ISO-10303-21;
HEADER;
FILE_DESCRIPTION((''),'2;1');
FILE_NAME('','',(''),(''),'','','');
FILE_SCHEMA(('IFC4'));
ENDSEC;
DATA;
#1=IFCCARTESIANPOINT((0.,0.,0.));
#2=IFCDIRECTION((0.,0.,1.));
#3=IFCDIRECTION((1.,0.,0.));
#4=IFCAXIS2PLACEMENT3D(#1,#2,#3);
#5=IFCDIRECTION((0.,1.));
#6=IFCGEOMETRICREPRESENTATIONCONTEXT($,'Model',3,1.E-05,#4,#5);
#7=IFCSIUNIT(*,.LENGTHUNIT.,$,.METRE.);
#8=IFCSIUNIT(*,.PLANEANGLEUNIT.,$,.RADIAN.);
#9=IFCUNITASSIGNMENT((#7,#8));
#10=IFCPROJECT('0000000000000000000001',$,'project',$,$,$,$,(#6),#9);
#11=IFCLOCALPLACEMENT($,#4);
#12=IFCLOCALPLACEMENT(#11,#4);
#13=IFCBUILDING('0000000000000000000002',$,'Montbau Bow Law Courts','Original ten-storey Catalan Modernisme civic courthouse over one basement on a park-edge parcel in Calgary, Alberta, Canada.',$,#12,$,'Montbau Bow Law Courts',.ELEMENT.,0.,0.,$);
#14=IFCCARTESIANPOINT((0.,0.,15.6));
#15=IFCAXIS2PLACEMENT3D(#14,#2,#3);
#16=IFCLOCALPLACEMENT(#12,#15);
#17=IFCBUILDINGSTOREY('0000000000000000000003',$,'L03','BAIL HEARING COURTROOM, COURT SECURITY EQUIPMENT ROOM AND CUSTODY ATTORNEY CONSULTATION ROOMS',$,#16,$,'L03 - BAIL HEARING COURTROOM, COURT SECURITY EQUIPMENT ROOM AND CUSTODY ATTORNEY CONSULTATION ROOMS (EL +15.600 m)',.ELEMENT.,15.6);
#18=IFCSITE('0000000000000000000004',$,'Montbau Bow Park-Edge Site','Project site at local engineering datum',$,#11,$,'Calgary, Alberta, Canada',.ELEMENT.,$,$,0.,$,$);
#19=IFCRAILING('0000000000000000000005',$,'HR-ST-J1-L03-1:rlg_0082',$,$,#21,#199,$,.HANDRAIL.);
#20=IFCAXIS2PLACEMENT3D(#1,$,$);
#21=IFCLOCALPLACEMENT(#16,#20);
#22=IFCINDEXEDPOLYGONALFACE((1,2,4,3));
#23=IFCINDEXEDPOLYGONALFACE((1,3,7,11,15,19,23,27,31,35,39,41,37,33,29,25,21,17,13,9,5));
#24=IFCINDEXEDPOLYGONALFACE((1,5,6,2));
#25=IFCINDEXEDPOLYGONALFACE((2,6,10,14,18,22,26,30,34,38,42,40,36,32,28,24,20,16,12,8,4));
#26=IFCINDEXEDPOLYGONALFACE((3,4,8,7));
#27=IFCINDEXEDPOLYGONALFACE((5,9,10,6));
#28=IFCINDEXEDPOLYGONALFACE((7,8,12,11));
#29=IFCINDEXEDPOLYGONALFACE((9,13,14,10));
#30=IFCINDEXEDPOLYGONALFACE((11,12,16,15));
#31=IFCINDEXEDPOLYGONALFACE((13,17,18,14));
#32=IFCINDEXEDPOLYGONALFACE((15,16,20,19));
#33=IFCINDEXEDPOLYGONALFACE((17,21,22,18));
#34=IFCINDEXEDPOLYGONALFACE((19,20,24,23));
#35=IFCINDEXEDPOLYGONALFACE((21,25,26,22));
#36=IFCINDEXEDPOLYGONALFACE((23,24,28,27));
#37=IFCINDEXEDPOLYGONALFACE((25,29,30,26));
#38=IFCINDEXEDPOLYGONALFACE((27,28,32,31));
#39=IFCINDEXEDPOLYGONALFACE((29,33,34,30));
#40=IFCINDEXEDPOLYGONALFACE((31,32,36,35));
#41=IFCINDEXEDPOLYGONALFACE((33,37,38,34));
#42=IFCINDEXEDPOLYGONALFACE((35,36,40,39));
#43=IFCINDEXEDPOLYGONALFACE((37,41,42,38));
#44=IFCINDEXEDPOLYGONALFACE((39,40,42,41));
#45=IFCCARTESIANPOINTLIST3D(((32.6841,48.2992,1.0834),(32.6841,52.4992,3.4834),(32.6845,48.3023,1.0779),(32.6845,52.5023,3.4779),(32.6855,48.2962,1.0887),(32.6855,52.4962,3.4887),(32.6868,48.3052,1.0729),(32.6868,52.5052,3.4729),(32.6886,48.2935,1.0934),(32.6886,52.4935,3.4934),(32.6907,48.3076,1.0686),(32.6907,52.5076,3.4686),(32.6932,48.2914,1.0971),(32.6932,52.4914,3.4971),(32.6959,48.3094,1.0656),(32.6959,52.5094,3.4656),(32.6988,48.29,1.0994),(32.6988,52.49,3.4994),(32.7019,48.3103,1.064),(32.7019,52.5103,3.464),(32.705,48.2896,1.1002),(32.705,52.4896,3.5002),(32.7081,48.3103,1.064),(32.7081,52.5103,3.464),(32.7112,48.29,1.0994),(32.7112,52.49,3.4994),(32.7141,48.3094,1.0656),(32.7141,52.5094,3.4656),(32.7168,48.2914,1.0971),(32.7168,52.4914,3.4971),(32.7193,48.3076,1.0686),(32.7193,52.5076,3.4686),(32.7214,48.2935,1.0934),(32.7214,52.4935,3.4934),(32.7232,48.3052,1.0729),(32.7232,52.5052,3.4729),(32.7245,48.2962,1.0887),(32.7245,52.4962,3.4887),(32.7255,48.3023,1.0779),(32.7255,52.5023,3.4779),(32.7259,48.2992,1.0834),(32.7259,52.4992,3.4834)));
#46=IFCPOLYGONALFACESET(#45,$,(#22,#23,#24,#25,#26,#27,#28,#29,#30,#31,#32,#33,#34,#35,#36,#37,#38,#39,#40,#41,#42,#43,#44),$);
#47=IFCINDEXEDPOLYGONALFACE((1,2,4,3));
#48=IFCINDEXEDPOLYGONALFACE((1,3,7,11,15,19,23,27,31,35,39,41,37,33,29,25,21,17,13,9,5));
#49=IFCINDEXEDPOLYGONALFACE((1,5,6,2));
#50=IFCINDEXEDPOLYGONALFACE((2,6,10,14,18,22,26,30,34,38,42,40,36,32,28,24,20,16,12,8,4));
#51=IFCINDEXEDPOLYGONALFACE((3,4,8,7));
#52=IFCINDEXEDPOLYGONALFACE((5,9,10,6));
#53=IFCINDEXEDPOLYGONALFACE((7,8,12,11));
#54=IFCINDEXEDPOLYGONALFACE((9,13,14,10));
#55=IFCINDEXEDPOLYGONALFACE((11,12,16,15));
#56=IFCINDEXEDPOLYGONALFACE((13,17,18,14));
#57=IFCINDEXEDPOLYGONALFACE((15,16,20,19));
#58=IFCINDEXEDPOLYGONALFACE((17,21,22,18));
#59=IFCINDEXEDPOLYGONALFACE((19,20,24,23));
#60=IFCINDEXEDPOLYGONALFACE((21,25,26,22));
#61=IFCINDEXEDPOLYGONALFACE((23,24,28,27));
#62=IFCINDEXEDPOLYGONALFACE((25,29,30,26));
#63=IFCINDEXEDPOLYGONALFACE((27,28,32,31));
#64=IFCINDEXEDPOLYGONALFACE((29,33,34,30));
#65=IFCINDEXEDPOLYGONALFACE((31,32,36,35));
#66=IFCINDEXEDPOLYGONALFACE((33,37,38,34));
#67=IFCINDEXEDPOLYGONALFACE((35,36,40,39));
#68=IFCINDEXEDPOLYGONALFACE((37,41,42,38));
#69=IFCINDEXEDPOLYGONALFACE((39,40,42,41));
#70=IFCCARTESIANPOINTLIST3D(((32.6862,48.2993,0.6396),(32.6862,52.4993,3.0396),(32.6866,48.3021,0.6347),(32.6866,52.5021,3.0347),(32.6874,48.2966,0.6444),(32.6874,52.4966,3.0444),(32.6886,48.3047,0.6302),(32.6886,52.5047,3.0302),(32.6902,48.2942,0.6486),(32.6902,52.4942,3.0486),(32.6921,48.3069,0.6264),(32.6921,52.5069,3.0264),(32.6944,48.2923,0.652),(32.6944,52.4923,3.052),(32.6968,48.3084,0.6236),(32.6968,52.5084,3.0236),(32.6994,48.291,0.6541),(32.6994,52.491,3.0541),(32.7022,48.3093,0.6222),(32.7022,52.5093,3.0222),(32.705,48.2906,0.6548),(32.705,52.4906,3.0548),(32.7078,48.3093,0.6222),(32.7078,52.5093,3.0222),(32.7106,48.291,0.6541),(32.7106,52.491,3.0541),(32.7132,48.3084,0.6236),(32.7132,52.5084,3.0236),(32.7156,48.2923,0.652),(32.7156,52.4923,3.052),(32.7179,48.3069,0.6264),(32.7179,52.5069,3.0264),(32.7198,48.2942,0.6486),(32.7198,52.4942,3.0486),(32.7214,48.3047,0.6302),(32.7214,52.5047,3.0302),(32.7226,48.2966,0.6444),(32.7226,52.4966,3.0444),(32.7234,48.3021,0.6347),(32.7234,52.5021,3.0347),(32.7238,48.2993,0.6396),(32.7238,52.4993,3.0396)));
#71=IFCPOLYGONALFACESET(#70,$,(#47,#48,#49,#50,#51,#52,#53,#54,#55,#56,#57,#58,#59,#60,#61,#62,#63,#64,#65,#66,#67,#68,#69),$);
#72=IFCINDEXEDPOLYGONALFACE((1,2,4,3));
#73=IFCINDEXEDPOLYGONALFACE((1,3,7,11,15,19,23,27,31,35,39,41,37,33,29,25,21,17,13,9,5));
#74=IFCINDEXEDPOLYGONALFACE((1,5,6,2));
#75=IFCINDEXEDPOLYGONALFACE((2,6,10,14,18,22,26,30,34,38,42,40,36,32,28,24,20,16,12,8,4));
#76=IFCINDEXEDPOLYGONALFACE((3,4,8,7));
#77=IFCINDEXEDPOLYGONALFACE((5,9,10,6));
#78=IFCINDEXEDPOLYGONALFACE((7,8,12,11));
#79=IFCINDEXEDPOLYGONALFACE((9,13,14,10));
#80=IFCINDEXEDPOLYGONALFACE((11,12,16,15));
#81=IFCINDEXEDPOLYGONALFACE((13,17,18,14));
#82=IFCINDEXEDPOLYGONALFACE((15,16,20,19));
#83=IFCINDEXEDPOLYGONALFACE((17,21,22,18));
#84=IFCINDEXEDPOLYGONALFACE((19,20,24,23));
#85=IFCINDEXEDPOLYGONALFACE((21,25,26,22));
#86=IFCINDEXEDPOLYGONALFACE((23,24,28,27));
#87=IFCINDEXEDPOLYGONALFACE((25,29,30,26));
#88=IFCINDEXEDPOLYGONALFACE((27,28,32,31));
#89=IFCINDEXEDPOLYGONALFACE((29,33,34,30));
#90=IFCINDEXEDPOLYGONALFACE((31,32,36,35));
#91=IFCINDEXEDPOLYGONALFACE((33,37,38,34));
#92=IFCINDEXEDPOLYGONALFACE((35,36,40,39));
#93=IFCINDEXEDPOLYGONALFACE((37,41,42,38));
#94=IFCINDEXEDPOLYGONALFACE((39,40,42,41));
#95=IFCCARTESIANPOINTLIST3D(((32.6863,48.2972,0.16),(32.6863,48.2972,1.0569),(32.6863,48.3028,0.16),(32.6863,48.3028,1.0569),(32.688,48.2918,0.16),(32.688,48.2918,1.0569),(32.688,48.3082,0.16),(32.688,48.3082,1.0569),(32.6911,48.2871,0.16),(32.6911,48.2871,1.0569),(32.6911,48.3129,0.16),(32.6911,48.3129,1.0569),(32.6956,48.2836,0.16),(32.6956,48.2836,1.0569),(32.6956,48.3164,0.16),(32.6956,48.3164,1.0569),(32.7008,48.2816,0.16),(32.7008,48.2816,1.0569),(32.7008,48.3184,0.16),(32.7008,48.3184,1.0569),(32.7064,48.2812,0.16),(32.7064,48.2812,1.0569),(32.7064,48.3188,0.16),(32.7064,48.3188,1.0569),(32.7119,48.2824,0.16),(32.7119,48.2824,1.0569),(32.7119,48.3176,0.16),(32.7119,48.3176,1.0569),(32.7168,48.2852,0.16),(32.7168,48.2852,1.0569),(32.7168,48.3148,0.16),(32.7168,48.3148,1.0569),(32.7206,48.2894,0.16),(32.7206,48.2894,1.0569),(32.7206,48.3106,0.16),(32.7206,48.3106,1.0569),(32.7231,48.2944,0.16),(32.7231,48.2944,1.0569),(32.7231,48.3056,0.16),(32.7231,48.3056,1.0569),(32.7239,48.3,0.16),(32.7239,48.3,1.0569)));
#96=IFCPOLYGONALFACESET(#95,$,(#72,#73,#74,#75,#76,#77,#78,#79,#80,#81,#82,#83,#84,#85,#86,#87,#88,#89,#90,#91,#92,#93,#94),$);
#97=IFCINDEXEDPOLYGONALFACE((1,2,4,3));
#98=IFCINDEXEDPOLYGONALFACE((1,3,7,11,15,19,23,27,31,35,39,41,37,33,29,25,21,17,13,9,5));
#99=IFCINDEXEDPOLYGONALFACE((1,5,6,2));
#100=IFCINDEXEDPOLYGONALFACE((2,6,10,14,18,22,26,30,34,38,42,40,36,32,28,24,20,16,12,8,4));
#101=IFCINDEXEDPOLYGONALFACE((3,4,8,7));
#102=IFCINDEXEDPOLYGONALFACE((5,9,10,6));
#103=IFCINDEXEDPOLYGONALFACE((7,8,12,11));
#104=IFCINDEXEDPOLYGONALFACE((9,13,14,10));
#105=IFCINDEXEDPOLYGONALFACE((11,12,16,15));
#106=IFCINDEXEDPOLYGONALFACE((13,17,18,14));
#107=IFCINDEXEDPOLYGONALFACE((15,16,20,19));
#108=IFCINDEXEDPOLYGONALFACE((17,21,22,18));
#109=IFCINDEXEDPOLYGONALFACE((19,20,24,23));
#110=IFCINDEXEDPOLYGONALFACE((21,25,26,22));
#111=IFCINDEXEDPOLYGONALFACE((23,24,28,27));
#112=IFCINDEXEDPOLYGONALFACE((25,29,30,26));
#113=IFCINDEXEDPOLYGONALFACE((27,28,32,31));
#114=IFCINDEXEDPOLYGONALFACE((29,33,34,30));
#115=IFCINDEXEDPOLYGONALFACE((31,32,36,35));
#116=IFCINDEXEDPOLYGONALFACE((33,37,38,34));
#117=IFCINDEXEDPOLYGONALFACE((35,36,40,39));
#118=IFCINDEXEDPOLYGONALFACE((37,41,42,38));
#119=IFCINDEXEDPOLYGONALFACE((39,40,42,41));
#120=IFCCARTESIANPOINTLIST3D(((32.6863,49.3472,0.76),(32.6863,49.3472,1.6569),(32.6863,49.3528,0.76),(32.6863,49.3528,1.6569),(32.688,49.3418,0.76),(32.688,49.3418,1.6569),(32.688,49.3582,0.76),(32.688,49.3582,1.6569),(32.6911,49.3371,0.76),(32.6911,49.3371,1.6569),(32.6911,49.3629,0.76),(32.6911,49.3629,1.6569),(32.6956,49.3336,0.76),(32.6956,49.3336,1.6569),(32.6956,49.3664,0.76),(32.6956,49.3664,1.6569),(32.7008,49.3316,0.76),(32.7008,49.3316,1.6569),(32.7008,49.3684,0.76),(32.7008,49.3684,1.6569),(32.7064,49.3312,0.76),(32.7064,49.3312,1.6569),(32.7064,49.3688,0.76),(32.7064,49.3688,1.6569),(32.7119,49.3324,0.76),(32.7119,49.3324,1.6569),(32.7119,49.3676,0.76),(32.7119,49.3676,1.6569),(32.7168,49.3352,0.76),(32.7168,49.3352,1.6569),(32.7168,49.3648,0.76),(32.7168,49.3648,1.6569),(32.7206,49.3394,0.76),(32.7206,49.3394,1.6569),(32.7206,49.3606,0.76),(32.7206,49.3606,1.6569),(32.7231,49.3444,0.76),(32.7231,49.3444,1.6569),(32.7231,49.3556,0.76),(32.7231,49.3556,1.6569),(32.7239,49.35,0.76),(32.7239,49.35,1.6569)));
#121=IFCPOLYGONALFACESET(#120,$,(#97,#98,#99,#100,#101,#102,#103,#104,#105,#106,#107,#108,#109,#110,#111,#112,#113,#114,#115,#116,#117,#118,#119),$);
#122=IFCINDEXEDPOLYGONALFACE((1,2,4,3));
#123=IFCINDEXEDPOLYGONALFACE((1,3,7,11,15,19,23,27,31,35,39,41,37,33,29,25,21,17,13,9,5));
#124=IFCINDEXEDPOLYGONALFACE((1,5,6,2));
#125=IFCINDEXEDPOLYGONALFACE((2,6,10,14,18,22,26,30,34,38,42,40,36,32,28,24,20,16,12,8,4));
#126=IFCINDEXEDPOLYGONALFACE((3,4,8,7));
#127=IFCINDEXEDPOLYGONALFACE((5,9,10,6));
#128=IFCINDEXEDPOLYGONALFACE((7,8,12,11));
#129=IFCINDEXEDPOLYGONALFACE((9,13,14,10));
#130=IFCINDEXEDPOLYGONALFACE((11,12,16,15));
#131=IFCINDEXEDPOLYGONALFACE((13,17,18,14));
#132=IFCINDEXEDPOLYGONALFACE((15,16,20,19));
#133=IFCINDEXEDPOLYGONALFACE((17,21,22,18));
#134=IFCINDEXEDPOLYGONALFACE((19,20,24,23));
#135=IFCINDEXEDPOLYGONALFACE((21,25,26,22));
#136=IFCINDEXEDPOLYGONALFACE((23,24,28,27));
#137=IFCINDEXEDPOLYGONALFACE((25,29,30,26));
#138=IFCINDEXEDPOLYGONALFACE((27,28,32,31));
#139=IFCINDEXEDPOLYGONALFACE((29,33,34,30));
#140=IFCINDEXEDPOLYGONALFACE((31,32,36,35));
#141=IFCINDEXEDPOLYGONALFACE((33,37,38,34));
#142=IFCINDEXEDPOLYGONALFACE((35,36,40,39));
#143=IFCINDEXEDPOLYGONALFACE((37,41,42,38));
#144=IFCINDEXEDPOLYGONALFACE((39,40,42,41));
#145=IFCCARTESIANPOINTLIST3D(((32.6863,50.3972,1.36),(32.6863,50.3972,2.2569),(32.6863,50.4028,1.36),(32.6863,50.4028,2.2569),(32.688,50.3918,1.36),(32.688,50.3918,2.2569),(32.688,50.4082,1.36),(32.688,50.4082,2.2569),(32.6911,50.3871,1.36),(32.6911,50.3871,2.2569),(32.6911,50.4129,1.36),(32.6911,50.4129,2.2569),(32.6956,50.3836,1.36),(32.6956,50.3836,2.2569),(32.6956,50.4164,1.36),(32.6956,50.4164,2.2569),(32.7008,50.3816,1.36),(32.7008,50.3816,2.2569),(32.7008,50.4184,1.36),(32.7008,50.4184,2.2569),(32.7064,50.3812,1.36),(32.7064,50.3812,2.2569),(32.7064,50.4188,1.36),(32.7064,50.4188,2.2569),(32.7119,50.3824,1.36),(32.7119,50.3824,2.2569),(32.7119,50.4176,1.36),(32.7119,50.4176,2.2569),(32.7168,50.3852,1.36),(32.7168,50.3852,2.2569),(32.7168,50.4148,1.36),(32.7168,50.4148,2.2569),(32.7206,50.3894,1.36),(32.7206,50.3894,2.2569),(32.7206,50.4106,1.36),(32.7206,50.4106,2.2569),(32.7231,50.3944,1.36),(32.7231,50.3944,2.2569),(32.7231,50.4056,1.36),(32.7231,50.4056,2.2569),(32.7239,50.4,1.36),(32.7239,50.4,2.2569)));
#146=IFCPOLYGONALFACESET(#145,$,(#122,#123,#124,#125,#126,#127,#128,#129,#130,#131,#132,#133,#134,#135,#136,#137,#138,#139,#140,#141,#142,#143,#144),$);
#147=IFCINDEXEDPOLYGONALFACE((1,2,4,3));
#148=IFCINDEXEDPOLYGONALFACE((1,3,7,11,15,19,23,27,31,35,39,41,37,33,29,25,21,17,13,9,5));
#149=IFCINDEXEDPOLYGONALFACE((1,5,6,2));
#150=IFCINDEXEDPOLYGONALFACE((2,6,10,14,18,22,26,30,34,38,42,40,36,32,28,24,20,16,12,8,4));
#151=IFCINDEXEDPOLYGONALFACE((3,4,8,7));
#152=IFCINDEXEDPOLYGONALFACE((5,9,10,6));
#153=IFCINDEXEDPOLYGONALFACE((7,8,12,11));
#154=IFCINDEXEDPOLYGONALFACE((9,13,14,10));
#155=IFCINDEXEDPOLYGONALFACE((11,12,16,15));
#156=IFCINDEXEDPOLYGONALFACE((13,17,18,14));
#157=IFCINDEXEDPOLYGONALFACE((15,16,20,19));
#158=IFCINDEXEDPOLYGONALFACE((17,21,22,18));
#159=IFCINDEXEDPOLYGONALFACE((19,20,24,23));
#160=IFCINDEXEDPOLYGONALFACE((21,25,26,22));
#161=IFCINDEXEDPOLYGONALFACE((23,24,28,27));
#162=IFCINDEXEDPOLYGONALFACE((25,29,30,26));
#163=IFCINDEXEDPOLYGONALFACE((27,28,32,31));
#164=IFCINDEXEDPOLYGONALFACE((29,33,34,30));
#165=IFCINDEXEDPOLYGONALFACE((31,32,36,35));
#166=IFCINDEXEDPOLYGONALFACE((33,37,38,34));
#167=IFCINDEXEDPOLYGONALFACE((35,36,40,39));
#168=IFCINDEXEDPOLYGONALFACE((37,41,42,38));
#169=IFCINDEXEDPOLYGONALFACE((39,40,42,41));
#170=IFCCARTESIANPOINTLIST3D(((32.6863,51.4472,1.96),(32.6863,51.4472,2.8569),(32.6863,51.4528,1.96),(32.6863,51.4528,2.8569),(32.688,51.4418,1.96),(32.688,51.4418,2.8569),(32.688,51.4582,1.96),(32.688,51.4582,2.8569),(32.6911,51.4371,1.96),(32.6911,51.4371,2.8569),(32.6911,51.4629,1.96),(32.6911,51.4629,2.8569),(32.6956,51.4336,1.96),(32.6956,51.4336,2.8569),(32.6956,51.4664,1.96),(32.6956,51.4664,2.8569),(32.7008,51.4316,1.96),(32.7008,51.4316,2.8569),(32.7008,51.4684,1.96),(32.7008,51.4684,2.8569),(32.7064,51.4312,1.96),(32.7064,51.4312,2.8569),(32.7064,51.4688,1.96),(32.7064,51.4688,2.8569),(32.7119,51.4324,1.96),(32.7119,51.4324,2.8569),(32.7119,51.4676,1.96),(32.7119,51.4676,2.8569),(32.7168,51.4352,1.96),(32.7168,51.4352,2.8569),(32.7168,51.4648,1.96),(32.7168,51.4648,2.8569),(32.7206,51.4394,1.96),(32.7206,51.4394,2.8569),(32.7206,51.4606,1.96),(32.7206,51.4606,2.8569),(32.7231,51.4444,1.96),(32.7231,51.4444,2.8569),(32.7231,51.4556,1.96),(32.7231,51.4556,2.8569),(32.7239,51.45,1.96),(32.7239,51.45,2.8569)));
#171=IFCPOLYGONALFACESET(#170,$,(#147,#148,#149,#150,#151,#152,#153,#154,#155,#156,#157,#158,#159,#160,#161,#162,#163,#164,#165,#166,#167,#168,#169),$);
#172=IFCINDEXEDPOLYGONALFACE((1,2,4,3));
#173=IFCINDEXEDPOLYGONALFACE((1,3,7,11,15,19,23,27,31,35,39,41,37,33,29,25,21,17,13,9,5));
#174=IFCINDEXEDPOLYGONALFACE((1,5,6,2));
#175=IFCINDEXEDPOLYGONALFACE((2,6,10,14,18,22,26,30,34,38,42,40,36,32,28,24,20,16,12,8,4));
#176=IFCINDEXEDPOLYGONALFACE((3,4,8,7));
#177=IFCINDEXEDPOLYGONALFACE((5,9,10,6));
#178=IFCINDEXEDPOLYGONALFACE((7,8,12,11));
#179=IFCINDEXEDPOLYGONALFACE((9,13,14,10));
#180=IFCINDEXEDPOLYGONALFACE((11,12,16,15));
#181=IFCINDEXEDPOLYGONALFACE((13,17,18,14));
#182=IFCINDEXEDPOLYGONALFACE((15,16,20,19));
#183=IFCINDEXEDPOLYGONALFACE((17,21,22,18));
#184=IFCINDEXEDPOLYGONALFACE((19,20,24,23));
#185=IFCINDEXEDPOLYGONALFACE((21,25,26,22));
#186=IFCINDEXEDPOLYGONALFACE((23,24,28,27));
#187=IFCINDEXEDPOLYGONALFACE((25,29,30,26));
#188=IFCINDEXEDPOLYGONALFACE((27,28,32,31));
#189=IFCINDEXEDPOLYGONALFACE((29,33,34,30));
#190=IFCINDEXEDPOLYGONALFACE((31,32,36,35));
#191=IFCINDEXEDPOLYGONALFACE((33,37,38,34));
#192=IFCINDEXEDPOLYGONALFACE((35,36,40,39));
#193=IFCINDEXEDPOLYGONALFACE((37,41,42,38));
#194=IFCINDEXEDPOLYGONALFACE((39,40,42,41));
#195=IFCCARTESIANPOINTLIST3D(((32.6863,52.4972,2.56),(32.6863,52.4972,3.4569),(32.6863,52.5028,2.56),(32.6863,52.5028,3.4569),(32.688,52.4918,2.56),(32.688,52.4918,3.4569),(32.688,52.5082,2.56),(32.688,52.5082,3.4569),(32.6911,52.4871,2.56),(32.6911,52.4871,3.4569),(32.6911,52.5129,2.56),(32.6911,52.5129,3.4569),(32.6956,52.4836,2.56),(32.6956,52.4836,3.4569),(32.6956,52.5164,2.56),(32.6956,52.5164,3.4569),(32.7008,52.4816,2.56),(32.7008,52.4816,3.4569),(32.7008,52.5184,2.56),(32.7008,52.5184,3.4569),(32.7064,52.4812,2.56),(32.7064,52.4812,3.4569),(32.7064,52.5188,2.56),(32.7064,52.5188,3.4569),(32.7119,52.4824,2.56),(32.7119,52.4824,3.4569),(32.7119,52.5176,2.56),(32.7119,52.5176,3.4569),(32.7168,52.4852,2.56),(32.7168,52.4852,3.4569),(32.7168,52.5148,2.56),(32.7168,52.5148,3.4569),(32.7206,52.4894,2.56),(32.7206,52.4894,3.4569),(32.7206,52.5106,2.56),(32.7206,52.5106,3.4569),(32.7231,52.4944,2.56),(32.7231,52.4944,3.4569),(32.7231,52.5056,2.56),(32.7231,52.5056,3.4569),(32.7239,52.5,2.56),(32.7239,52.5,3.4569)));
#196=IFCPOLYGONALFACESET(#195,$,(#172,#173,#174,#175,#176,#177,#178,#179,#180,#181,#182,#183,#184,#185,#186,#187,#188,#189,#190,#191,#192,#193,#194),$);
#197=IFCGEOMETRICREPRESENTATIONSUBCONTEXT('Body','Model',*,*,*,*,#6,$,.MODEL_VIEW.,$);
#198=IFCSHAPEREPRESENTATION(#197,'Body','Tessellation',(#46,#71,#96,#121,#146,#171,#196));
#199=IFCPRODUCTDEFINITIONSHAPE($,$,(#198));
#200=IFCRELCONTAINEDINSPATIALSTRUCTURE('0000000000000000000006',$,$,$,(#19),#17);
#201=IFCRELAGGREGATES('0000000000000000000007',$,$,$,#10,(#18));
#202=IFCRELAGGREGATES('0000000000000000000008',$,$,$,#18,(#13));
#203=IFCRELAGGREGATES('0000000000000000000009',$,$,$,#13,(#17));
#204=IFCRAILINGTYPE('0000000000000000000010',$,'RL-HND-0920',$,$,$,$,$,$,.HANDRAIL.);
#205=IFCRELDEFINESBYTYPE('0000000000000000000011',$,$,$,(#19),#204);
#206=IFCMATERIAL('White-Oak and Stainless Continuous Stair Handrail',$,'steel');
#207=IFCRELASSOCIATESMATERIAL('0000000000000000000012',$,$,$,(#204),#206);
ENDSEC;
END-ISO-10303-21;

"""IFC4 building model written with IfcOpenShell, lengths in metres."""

from ifc_helpers import new_model, si_unit, direction, frame, origin_with_axes, origin_2d_with_axis, place, context, subcontext, project, spatial, circle, extrude, material, type_object, element, save


model = new_model("IFC4")

# Units and contexts
model_context = context("Model", 3, precision=1e-05, world=origin_with_axes(), true_north=direction((0.0, 1.0)))
body_context = subcontext(model_context, "Body", "Model", "MODEL_VIEW")
ifc_project = project(units=[si_unit("LENGTHUNIT", "METRE"), si_unit("PLANEANGLEUNIT", "RADIAN")], contexts=[model_context])

# Site, building, storey
site_placement = place(None, origin_with_axes())
site = spatial("IfcSite", under=ifc_project, at=site_placement, Name="Montbau Bow Park-Edge Site", Description="Project site at local engineering datum", LongName="Calgary, Alberta, Canada", CompositionType="ELEMENT", RefElevation=0.0)
building_placement = place(site_placement, origin_with_axes())
building = spatial("IfcBuilding", under=site, at=building_placement, Name="Montbau Bow Law Courts", Description="Original ten-storey Catalan Modernisme civic courthouse over one basement on a park-edge parcel in Calgary, Alberta, Canada.", LongName="Montbau Bow Law Courts", CompositionType="ELEMENT", ElevationOfRefHeight=0.0, ElevationOfTerrain=0.0)
storey_placement = place(building_placement, frame((0.0, 0.0, 15.6), z_axis=(0.0, 0.0, 1.0), x_axis=(1.0, 0.0, 0.0)))
storey = spatial("IfcBuildingStorey", under=building, at=storey_placement, Name="L03", Description="BAIL HEARING COURTROOM, COURT SECURITY EQUIPMENT ROOM AND CUSTODY ATTORNEY CONSULTATION ROOMS", LongName="L03 - BAIL HEARING COURTROOM, COURT SECURITY EQUIPMENT ROOM AND CUSTODY ATTORNEY CONSULTATION ROOMS (EL +15.600 m)", CompositionType="ELEMENT", Elevation=15.6)

# Railing
ifc_material_1 = material(Name="White-Oak and Stainless Continuous Stair Handrail", Category="steel")
railing_type_1 = type_object("IfcRailingType", Name="RL-HND-0920", PredefinedType="HANDRAIL", material=ifc_material_1)
railing_1_placement = place(None, origin_with_axes())
element("IfcRailing", 1, at=railing_1_placement, inside=storey, type_object=railing_type_1, Name="HR-ST-J1-L03-1:rlg_0082", PredefinedType="HANDRAIL", context=body_context, shape_type="SweptSolid", body=[
    extrude(circle(Radius=0.021, at=origin_2d_with_axis()), frame((32.705, 48.3, 16.682), z_axis=(0.0, 0.868243, 0.496139), x_axis=(0.0, -0.496139, 0.868243)), (0.0, 0.0, 1.0), 4.8374),
    extrude(circle(Radius=0.0189, at=origin_2d_with_axis()), frame((32.705, 48.3, 16.2384), z_axis=(0.0, 0.868243, 0.496139), x_axis=(0.0, -0.496139, 0.868243)), (0.0, 0.0, 1.0), 4.8374),
    extrude(circle(Radius=0.0189, at=origin_2d_with_axis()), frame((32.705, 48.3, 15.76), z_axis=(0.0, 0.0, 1.0), x_axis=(1.0, 0.0, 0.0)), (0.0, 0.0, 1.0), 0.8969),
    extrude(circle(Radius=0.0189, at=origin_2d_with_axis()), frame((32.705, 49.35, 16.36), z_axis=(0.0, 0.0, 1.0), x_axis=(1.0, 0.0, 0.0)), (0.0, 0.0, 1.0), 0.8969),
    extrude(circle(Radius=0.0189, at=origin_2d_with_axis()), frame((32.705, 50.4, 16.96), z_axis=(0.0, 0.0, 1.0), x_axis=(1.0, 0.0, 0.0)), (0.0, 0.0, 1.0), 0.8969),
    extrude(circle(Radius=0.0189, at=origin_2d_with_axis()), frame((32.705, 51.45, 17.56), z_axis=(0.0, 0.0, 1.0), x_axis=(1.0, 0.0, 0.0)), (0.0, 0.0, 1.0), 0.8969),
    extrude(circle(Radius=0.0189, at=origin_2d_with_axis()), frame((32.705, 52.5, 18.16), z_axis=(0.0, 0.0, 1.0), x_axis=(1.0, 0.0, 0.0)), (0.0, 0.0, 1.0), 0.8969),
])

save(model, "model.ifc")
